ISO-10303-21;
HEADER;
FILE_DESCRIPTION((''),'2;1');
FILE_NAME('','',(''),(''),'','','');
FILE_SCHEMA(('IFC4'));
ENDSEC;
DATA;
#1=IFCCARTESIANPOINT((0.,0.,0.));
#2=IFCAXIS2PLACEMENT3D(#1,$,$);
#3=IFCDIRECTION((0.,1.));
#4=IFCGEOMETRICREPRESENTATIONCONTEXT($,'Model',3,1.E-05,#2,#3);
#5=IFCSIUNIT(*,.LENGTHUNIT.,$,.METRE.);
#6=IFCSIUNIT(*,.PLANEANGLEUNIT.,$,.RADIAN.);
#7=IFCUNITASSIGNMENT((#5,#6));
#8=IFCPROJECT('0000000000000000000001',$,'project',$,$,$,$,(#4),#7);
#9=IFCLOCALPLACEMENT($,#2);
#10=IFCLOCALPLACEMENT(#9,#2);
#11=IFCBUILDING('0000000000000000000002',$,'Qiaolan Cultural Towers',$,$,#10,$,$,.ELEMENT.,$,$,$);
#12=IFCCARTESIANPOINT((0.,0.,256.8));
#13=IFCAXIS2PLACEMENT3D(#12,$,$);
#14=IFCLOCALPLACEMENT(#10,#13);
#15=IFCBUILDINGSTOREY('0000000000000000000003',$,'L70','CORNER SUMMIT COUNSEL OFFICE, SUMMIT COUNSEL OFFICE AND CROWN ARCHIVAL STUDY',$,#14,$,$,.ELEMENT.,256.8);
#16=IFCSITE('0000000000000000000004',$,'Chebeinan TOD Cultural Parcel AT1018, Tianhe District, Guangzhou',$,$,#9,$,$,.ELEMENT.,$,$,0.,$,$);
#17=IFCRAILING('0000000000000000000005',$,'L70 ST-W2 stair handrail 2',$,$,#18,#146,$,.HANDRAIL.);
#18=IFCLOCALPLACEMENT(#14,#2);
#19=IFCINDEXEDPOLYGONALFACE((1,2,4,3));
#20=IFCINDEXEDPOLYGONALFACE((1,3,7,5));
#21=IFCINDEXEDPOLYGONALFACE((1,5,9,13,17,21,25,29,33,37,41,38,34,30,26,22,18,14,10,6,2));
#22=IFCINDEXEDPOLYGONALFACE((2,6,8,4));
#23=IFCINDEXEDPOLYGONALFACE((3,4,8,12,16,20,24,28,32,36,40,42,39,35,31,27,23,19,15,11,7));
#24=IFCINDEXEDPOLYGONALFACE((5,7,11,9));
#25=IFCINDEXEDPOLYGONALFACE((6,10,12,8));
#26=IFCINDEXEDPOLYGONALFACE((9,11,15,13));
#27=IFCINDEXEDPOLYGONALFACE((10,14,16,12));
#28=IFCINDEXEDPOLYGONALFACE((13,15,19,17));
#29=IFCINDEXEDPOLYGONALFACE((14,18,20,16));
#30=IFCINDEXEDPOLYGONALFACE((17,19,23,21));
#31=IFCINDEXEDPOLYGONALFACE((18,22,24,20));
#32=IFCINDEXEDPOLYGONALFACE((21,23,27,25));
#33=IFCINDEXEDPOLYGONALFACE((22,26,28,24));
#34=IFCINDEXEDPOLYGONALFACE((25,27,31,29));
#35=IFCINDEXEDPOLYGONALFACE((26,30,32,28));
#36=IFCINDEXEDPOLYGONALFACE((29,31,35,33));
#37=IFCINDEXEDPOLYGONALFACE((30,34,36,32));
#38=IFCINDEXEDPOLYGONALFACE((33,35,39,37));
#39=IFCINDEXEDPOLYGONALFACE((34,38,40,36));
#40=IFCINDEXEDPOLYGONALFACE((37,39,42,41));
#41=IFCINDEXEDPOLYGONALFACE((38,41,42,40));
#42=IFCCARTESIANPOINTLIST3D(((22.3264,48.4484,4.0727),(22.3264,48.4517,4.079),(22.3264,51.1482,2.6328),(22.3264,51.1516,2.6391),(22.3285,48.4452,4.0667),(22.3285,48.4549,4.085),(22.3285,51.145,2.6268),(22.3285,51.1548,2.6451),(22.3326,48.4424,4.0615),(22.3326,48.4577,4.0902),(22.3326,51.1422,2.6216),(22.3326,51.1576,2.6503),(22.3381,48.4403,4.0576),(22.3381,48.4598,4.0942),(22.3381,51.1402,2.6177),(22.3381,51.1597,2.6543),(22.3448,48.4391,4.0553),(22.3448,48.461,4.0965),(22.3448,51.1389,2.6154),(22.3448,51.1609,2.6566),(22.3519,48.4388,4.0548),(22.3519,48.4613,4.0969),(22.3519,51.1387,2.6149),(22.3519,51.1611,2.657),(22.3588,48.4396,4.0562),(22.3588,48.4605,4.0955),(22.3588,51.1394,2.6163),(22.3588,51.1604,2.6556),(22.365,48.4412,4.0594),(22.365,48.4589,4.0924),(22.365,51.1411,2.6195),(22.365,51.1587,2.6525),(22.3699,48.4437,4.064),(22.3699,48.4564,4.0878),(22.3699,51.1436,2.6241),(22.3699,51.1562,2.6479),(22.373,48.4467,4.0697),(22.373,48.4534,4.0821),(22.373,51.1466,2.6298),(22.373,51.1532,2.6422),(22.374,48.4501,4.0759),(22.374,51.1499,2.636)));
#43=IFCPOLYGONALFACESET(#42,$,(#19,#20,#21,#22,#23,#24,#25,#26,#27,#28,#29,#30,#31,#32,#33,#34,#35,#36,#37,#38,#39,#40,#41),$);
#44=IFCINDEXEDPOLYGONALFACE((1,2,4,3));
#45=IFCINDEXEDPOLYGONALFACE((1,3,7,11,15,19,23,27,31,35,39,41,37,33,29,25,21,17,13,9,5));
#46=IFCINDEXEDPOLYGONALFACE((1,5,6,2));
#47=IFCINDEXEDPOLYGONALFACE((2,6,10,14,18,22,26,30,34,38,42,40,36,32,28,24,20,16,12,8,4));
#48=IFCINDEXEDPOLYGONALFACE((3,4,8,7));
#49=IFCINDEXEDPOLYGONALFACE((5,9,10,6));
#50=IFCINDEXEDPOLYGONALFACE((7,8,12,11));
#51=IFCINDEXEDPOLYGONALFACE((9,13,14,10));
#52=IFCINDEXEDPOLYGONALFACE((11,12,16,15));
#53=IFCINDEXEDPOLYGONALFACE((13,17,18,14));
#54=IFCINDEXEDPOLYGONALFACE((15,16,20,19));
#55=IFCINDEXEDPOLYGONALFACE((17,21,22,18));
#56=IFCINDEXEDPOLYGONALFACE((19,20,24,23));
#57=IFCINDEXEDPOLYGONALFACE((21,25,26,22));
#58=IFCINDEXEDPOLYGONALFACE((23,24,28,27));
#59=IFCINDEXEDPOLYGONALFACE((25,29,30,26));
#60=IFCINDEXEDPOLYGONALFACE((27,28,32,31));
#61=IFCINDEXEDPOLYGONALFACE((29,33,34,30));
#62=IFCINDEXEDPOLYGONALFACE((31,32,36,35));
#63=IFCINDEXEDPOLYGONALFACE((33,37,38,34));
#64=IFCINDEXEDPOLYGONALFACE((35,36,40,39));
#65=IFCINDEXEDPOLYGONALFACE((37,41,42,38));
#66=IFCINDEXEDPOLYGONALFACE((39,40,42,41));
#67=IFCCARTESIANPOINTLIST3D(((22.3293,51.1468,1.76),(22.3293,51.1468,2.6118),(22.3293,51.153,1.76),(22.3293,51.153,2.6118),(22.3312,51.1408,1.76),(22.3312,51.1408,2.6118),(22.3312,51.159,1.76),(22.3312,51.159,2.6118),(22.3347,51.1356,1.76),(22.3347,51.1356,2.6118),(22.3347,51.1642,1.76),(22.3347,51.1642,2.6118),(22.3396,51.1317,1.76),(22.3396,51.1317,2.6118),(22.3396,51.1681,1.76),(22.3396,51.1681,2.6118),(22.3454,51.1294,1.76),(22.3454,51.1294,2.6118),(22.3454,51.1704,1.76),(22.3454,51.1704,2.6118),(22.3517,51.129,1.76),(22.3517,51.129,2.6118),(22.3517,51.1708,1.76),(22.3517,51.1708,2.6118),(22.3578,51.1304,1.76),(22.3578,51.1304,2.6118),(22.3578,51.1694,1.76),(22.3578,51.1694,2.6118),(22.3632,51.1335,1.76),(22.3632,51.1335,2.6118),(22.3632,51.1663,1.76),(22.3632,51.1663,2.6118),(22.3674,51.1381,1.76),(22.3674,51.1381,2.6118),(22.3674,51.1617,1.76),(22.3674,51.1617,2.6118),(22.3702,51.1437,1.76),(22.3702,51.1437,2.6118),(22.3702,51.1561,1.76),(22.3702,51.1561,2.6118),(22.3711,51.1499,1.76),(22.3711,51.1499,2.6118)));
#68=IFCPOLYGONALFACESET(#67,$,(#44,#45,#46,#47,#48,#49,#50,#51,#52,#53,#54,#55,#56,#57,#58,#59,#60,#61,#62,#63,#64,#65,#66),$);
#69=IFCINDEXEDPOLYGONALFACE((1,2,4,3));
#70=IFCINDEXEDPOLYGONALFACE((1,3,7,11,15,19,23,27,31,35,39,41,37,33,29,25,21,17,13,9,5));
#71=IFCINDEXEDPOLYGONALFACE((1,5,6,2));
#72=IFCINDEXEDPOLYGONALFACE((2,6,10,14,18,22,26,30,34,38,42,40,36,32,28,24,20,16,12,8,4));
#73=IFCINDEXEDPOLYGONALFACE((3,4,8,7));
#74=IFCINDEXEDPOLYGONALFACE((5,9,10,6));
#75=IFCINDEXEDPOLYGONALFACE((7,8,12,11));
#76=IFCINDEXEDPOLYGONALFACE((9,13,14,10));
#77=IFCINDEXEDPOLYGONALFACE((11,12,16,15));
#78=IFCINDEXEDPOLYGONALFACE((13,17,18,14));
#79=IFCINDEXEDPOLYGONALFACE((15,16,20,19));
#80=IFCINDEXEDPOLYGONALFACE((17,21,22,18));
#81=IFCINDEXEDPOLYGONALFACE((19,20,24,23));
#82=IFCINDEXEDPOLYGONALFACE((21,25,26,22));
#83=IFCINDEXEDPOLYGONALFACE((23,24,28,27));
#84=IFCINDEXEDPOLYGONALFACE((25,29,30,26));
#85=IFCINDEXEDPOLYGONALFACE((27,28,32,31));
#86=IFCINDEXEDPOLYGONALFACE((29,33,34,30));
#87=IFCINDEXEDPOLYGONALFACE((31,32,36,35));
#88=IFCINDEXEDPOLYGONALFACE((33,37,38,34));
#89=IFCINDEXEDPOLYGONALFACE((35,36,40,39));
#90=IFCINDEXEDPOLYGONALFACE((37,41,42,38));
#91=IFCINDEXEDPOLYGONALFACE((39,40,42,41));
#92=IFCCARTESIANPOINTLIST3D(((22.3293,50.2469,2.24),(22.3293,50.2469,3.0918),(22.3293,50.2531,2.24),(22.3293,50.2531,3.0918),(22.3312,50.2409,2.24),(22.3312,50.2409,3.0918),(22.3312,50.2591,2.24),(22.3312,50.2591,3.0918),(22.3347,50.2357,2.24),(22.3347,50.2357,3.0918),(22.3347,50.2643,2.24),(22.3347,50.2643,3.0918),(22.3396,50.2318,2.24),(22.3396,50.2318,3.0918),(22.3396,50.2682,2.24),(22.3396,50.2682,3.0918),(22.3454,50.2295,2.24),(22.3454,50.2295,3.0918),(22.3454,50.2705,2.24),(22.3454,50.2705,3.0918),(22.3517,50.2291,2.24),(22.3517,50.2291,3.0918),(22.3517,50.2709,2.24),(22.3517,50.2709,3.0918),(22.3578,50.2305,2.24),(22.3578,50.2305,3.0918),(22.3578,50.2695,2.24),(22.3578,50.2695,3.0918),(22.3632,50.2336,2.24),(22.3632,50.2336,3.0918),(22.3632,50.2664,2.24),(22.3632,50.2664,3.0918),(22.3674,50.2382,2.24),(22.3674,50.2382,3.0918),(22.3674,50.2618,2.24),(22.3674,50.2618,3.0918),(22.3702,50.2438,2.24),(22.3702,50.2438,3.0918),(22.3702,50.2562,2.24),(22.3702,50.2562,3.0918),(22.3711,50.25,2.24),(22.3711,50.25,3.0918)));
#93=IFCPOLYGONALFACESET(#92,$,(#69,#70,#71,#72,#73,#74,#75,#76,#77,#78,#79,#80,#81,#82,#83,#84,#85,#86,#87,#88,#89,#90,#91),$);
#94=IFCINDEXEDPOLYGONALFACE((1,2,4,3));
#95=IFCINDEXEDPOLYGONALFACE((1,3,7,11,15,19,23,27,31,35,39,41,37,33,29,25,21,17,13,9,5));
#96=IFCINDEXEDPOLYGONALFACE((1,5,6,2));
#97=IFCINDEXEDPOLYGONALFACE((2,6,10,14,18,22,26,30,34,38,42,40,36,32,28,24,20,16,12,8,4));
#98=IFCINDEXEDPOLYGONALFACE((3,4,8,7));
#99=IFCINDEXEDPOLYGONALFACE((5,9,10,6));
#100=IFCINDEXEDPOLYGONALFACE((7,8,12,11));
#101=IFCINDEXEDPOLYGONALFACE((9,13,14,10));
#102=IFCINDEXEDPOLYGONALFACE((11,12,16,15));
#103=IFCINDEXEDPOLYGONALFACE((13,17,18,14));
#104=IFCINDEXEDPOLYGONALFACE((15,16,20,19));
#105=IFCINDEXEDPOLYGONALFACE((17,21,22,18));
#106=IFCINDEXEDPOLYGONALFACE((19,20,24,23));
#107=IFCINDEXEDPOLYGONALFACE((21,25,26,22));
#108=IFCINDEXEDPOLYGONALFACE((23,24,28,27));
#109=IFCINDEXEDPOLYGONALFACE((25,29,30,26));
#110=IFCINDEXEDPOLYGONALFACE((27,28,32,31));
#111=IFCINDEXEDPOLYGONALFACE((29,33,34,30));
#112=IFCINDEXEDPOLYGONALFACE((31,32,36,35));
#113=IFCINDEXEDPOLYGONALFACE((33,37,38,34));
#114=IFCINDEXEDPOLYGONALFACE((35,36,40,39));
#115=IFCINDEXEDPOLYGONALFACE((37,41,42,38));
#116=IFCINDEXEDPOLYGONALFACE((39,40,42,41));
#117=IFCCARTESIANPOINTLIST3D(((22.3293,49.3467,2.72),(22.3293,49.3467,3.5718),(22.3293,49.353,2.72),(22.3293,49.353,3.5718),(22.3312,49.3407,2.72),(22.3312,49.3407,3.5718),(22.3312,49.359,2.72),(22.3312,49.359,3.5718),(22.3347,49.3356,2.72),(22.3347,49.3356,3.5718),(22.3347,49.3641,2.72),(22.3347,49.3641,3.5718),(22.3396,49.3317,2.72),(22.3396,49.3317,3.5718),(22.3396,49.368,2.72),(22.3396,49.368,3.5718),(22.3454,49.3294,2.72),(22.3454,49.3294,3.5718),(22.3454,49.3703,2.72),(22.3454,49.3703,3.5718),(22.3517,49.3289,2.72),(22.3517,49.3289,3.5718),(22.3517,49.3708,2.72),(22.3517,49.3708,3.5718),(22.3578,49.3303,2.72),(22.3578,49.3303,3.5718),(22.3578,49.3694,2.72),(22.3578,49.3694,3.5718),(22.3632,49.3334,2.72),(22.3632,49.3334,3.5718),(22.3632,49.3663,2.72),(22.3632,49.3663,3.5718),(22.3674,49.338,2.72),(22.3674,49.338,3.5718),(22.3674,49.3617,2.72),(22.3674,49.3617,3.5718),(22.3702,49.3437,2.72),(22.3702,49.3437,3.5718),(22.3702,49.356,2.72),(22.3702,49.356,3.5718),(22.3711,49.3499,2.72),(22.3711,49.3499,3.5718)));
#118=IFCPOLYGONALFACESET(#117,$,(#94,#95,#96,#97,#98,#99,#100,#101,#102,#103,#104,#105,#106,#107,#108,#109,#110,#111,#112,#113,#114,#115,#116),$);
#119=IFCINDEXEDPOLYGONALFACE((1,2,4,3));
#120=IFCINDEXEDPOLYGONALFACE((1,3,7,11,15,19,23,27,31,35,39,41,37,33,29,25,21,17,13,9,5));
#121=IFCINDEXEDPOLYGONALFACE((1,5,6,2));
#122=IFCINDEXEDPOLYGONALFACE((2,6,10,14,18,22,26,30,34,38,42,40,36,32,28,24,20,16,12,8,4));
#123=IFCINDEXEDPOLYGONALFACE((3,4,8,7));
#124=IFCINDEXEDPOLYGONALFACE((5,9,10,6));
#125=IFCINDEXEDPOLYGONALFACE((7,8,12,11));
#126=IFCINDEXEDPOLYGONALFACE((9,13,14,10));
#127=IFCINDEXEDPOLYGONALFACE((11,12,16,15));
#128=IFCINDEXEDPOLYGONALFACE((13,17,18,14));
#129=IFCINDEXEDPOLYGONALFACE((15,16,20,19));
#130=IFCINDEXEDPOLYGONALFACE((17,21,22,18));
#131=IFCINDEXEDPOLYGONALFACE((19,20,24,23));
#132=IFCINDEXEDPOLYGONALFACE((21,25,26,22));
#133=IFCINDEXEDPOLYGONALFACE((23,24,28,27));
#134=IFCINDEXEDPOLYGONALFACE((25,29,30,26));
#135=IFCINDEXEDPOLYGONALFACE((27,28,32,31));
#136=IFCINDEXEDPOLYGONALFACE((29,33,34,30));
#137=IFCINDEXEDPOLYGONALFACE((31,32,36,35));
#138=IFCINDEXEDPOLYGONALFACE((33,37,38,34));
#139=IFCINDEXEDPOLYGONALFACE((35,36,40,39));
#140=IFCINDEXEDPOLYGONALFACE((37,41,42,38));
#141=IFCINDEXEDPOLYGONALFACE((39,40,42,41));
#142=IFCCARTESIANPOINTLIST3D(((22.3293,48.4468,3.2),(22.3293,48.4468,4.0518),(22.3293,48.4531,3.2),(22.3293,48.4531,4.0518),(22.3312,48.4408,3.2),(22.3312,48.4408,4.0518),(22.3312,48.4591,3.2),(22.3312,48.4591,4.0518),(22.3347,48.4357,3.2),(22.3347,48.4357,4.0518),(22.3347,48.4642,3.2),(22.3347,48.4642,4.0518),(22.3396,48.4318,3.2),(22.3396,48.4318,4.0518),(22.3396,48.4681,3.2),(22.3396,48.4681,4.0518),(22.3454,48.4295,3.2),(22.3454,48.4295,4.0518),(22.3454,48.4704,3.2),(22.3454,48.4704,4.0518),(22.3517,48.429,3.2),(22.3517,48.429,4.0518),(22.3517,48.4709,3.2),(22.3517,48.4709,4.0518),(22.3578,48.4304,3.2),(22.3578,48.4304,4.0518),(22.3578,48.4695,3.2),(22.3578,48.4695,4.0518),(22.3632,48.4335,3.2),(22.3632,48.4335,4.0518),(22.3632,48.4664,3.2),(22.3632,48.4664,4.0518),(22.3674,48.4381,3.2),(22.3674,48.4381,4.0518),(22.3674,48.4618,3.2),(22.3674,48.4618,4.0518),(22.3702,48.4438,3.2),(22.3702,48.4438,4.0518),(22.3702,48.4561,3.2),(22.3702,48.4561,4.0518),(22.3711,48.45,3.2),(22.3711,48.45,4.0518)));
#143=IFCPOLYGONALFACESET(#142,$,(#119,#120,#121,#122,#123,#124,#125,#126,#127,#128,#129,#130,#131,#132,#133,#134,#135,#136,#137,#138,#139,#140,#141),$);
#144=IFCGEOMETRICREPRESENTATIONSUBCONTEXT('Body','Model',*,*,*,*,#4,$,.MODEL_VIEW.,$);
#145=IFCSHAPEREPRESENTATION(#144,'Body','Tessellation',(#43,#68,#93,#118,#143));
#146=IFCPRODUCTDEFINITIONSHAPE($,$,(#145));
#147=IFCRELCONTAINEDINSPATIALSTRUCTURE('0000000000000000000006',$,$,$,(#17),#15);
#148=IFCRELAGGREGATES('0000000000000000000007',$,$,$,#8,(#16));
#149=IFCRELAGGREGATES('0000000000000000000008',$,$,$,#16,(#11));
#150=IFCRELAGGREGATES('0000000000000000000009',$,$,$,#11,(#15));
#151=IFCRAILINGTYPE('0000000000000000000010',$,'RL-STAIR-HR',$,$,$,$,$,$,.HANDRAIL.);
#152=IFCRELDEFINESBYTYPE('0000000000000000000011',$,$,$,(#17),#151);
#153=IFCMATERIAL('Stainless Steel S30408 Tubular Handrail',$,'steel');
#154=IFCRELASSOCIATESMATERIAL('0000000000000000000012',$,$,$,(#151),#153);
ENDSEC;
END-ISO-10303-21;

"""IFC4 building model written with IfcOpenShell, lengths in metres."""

from ifc_helpers import new_model, si_unit, direction, frame, origin, origin_2d, place, context, subcontext, project, spatial, circle, extrude, material, type_object, element, save


model = new_model("IFC4")

# Units and contexts
model_context = context("Model", 3, precision=1e-05, world=origin(), true_north=direction((0.0, 1.0)))
body_context = subcontext(model_context, "Body", "Model", "MODEL_VIEW")
ifc_project = project(units=[si_unit("LENGTHUNIT", "METRE"), si_unit("PLANEANGLEUNIT", "RADIAN")], contexts=[model_context])

# Site, building, storey
site_placement = place(None, origin())
site = spatial("IfcSite", under=ifc_project, at=site_placement, Name="Chebeinan TOD Cultural Parcel AT1018, Tianhe District, Guangzhou", CompositionType="ELEMENT", RefElevation=0.0)
building_placement = place(site_placement, origin())
building = spatial("IfcBuilding", under=site, at=building_placement, Name="Qiaolan Cultural Towers", CompositionType="ELEMENT")
storey_placement = place(building_placement, frame((0.0, 0.0, 256.8)))
storey = spatial("IfcBuildingStorey", under=building, at=storey_placement, Name="L70", Description="CORNER SUMMIT COUNSEL OFFICE, SUMMIT COUNSEL OFFICE AND CROWN ARCHIVAL STUDY", CompositionType="ELEMENT", Elevation=256.8)

# Railing
ifc_material_1 = material(Name="Stainless Steel S30408 Tubular Handrail", Category="steel")
railing_type_1 = type_object("IfcRailingType", Name="RL-STAIR-HR", PredefinedType="HANDRAIL", material=ifc_material_1)
railing_1_placement = place(storey_placement, frame((22.3501, 51.1499, 1.76)))
element("IfcRailing", 1, at=railing_1_placement, inside=storey, type_object=railing_type_1, Name="L70 ST-W2 stair handrail 2", PredefinedType="HANDRAIL", context=body_context, shape_type="SweptSolid", body=[
    extrude(circle(Radius=0.0239, at=origin_2d()), frame((0.0, 0.0, 0.876), z_axis=(0.0, -0.882357, 0.47058), x_axis=(1.0, 0.0, 0.0)), (0.0, 0.0, 1.0), 3.0598),
    extrude(circle(Radius=0.021, at=origin_2d()), origin(), (0.0, 0.0, 1.0), 0.8518),
    extrude(circle(Radius=0.021, at=origin_2d()), frame((0.0, -0.8999, 0.48)), (0.0, 0.0, 1.0), 0.8518),
    extrude(circle(Radius=0.021, at=origin_2d()), frame((0.0, -1.8, 0.96)), (0.0, 0.0, 1.0), 0.8518),
    extrude(circle(Radius=0.021, at=origin_2d()), frame((0.0, -2.7, 1.4399)), (0.0, 0.0, 1.0), 0.8518),
])

save(model, "model.ifc")
